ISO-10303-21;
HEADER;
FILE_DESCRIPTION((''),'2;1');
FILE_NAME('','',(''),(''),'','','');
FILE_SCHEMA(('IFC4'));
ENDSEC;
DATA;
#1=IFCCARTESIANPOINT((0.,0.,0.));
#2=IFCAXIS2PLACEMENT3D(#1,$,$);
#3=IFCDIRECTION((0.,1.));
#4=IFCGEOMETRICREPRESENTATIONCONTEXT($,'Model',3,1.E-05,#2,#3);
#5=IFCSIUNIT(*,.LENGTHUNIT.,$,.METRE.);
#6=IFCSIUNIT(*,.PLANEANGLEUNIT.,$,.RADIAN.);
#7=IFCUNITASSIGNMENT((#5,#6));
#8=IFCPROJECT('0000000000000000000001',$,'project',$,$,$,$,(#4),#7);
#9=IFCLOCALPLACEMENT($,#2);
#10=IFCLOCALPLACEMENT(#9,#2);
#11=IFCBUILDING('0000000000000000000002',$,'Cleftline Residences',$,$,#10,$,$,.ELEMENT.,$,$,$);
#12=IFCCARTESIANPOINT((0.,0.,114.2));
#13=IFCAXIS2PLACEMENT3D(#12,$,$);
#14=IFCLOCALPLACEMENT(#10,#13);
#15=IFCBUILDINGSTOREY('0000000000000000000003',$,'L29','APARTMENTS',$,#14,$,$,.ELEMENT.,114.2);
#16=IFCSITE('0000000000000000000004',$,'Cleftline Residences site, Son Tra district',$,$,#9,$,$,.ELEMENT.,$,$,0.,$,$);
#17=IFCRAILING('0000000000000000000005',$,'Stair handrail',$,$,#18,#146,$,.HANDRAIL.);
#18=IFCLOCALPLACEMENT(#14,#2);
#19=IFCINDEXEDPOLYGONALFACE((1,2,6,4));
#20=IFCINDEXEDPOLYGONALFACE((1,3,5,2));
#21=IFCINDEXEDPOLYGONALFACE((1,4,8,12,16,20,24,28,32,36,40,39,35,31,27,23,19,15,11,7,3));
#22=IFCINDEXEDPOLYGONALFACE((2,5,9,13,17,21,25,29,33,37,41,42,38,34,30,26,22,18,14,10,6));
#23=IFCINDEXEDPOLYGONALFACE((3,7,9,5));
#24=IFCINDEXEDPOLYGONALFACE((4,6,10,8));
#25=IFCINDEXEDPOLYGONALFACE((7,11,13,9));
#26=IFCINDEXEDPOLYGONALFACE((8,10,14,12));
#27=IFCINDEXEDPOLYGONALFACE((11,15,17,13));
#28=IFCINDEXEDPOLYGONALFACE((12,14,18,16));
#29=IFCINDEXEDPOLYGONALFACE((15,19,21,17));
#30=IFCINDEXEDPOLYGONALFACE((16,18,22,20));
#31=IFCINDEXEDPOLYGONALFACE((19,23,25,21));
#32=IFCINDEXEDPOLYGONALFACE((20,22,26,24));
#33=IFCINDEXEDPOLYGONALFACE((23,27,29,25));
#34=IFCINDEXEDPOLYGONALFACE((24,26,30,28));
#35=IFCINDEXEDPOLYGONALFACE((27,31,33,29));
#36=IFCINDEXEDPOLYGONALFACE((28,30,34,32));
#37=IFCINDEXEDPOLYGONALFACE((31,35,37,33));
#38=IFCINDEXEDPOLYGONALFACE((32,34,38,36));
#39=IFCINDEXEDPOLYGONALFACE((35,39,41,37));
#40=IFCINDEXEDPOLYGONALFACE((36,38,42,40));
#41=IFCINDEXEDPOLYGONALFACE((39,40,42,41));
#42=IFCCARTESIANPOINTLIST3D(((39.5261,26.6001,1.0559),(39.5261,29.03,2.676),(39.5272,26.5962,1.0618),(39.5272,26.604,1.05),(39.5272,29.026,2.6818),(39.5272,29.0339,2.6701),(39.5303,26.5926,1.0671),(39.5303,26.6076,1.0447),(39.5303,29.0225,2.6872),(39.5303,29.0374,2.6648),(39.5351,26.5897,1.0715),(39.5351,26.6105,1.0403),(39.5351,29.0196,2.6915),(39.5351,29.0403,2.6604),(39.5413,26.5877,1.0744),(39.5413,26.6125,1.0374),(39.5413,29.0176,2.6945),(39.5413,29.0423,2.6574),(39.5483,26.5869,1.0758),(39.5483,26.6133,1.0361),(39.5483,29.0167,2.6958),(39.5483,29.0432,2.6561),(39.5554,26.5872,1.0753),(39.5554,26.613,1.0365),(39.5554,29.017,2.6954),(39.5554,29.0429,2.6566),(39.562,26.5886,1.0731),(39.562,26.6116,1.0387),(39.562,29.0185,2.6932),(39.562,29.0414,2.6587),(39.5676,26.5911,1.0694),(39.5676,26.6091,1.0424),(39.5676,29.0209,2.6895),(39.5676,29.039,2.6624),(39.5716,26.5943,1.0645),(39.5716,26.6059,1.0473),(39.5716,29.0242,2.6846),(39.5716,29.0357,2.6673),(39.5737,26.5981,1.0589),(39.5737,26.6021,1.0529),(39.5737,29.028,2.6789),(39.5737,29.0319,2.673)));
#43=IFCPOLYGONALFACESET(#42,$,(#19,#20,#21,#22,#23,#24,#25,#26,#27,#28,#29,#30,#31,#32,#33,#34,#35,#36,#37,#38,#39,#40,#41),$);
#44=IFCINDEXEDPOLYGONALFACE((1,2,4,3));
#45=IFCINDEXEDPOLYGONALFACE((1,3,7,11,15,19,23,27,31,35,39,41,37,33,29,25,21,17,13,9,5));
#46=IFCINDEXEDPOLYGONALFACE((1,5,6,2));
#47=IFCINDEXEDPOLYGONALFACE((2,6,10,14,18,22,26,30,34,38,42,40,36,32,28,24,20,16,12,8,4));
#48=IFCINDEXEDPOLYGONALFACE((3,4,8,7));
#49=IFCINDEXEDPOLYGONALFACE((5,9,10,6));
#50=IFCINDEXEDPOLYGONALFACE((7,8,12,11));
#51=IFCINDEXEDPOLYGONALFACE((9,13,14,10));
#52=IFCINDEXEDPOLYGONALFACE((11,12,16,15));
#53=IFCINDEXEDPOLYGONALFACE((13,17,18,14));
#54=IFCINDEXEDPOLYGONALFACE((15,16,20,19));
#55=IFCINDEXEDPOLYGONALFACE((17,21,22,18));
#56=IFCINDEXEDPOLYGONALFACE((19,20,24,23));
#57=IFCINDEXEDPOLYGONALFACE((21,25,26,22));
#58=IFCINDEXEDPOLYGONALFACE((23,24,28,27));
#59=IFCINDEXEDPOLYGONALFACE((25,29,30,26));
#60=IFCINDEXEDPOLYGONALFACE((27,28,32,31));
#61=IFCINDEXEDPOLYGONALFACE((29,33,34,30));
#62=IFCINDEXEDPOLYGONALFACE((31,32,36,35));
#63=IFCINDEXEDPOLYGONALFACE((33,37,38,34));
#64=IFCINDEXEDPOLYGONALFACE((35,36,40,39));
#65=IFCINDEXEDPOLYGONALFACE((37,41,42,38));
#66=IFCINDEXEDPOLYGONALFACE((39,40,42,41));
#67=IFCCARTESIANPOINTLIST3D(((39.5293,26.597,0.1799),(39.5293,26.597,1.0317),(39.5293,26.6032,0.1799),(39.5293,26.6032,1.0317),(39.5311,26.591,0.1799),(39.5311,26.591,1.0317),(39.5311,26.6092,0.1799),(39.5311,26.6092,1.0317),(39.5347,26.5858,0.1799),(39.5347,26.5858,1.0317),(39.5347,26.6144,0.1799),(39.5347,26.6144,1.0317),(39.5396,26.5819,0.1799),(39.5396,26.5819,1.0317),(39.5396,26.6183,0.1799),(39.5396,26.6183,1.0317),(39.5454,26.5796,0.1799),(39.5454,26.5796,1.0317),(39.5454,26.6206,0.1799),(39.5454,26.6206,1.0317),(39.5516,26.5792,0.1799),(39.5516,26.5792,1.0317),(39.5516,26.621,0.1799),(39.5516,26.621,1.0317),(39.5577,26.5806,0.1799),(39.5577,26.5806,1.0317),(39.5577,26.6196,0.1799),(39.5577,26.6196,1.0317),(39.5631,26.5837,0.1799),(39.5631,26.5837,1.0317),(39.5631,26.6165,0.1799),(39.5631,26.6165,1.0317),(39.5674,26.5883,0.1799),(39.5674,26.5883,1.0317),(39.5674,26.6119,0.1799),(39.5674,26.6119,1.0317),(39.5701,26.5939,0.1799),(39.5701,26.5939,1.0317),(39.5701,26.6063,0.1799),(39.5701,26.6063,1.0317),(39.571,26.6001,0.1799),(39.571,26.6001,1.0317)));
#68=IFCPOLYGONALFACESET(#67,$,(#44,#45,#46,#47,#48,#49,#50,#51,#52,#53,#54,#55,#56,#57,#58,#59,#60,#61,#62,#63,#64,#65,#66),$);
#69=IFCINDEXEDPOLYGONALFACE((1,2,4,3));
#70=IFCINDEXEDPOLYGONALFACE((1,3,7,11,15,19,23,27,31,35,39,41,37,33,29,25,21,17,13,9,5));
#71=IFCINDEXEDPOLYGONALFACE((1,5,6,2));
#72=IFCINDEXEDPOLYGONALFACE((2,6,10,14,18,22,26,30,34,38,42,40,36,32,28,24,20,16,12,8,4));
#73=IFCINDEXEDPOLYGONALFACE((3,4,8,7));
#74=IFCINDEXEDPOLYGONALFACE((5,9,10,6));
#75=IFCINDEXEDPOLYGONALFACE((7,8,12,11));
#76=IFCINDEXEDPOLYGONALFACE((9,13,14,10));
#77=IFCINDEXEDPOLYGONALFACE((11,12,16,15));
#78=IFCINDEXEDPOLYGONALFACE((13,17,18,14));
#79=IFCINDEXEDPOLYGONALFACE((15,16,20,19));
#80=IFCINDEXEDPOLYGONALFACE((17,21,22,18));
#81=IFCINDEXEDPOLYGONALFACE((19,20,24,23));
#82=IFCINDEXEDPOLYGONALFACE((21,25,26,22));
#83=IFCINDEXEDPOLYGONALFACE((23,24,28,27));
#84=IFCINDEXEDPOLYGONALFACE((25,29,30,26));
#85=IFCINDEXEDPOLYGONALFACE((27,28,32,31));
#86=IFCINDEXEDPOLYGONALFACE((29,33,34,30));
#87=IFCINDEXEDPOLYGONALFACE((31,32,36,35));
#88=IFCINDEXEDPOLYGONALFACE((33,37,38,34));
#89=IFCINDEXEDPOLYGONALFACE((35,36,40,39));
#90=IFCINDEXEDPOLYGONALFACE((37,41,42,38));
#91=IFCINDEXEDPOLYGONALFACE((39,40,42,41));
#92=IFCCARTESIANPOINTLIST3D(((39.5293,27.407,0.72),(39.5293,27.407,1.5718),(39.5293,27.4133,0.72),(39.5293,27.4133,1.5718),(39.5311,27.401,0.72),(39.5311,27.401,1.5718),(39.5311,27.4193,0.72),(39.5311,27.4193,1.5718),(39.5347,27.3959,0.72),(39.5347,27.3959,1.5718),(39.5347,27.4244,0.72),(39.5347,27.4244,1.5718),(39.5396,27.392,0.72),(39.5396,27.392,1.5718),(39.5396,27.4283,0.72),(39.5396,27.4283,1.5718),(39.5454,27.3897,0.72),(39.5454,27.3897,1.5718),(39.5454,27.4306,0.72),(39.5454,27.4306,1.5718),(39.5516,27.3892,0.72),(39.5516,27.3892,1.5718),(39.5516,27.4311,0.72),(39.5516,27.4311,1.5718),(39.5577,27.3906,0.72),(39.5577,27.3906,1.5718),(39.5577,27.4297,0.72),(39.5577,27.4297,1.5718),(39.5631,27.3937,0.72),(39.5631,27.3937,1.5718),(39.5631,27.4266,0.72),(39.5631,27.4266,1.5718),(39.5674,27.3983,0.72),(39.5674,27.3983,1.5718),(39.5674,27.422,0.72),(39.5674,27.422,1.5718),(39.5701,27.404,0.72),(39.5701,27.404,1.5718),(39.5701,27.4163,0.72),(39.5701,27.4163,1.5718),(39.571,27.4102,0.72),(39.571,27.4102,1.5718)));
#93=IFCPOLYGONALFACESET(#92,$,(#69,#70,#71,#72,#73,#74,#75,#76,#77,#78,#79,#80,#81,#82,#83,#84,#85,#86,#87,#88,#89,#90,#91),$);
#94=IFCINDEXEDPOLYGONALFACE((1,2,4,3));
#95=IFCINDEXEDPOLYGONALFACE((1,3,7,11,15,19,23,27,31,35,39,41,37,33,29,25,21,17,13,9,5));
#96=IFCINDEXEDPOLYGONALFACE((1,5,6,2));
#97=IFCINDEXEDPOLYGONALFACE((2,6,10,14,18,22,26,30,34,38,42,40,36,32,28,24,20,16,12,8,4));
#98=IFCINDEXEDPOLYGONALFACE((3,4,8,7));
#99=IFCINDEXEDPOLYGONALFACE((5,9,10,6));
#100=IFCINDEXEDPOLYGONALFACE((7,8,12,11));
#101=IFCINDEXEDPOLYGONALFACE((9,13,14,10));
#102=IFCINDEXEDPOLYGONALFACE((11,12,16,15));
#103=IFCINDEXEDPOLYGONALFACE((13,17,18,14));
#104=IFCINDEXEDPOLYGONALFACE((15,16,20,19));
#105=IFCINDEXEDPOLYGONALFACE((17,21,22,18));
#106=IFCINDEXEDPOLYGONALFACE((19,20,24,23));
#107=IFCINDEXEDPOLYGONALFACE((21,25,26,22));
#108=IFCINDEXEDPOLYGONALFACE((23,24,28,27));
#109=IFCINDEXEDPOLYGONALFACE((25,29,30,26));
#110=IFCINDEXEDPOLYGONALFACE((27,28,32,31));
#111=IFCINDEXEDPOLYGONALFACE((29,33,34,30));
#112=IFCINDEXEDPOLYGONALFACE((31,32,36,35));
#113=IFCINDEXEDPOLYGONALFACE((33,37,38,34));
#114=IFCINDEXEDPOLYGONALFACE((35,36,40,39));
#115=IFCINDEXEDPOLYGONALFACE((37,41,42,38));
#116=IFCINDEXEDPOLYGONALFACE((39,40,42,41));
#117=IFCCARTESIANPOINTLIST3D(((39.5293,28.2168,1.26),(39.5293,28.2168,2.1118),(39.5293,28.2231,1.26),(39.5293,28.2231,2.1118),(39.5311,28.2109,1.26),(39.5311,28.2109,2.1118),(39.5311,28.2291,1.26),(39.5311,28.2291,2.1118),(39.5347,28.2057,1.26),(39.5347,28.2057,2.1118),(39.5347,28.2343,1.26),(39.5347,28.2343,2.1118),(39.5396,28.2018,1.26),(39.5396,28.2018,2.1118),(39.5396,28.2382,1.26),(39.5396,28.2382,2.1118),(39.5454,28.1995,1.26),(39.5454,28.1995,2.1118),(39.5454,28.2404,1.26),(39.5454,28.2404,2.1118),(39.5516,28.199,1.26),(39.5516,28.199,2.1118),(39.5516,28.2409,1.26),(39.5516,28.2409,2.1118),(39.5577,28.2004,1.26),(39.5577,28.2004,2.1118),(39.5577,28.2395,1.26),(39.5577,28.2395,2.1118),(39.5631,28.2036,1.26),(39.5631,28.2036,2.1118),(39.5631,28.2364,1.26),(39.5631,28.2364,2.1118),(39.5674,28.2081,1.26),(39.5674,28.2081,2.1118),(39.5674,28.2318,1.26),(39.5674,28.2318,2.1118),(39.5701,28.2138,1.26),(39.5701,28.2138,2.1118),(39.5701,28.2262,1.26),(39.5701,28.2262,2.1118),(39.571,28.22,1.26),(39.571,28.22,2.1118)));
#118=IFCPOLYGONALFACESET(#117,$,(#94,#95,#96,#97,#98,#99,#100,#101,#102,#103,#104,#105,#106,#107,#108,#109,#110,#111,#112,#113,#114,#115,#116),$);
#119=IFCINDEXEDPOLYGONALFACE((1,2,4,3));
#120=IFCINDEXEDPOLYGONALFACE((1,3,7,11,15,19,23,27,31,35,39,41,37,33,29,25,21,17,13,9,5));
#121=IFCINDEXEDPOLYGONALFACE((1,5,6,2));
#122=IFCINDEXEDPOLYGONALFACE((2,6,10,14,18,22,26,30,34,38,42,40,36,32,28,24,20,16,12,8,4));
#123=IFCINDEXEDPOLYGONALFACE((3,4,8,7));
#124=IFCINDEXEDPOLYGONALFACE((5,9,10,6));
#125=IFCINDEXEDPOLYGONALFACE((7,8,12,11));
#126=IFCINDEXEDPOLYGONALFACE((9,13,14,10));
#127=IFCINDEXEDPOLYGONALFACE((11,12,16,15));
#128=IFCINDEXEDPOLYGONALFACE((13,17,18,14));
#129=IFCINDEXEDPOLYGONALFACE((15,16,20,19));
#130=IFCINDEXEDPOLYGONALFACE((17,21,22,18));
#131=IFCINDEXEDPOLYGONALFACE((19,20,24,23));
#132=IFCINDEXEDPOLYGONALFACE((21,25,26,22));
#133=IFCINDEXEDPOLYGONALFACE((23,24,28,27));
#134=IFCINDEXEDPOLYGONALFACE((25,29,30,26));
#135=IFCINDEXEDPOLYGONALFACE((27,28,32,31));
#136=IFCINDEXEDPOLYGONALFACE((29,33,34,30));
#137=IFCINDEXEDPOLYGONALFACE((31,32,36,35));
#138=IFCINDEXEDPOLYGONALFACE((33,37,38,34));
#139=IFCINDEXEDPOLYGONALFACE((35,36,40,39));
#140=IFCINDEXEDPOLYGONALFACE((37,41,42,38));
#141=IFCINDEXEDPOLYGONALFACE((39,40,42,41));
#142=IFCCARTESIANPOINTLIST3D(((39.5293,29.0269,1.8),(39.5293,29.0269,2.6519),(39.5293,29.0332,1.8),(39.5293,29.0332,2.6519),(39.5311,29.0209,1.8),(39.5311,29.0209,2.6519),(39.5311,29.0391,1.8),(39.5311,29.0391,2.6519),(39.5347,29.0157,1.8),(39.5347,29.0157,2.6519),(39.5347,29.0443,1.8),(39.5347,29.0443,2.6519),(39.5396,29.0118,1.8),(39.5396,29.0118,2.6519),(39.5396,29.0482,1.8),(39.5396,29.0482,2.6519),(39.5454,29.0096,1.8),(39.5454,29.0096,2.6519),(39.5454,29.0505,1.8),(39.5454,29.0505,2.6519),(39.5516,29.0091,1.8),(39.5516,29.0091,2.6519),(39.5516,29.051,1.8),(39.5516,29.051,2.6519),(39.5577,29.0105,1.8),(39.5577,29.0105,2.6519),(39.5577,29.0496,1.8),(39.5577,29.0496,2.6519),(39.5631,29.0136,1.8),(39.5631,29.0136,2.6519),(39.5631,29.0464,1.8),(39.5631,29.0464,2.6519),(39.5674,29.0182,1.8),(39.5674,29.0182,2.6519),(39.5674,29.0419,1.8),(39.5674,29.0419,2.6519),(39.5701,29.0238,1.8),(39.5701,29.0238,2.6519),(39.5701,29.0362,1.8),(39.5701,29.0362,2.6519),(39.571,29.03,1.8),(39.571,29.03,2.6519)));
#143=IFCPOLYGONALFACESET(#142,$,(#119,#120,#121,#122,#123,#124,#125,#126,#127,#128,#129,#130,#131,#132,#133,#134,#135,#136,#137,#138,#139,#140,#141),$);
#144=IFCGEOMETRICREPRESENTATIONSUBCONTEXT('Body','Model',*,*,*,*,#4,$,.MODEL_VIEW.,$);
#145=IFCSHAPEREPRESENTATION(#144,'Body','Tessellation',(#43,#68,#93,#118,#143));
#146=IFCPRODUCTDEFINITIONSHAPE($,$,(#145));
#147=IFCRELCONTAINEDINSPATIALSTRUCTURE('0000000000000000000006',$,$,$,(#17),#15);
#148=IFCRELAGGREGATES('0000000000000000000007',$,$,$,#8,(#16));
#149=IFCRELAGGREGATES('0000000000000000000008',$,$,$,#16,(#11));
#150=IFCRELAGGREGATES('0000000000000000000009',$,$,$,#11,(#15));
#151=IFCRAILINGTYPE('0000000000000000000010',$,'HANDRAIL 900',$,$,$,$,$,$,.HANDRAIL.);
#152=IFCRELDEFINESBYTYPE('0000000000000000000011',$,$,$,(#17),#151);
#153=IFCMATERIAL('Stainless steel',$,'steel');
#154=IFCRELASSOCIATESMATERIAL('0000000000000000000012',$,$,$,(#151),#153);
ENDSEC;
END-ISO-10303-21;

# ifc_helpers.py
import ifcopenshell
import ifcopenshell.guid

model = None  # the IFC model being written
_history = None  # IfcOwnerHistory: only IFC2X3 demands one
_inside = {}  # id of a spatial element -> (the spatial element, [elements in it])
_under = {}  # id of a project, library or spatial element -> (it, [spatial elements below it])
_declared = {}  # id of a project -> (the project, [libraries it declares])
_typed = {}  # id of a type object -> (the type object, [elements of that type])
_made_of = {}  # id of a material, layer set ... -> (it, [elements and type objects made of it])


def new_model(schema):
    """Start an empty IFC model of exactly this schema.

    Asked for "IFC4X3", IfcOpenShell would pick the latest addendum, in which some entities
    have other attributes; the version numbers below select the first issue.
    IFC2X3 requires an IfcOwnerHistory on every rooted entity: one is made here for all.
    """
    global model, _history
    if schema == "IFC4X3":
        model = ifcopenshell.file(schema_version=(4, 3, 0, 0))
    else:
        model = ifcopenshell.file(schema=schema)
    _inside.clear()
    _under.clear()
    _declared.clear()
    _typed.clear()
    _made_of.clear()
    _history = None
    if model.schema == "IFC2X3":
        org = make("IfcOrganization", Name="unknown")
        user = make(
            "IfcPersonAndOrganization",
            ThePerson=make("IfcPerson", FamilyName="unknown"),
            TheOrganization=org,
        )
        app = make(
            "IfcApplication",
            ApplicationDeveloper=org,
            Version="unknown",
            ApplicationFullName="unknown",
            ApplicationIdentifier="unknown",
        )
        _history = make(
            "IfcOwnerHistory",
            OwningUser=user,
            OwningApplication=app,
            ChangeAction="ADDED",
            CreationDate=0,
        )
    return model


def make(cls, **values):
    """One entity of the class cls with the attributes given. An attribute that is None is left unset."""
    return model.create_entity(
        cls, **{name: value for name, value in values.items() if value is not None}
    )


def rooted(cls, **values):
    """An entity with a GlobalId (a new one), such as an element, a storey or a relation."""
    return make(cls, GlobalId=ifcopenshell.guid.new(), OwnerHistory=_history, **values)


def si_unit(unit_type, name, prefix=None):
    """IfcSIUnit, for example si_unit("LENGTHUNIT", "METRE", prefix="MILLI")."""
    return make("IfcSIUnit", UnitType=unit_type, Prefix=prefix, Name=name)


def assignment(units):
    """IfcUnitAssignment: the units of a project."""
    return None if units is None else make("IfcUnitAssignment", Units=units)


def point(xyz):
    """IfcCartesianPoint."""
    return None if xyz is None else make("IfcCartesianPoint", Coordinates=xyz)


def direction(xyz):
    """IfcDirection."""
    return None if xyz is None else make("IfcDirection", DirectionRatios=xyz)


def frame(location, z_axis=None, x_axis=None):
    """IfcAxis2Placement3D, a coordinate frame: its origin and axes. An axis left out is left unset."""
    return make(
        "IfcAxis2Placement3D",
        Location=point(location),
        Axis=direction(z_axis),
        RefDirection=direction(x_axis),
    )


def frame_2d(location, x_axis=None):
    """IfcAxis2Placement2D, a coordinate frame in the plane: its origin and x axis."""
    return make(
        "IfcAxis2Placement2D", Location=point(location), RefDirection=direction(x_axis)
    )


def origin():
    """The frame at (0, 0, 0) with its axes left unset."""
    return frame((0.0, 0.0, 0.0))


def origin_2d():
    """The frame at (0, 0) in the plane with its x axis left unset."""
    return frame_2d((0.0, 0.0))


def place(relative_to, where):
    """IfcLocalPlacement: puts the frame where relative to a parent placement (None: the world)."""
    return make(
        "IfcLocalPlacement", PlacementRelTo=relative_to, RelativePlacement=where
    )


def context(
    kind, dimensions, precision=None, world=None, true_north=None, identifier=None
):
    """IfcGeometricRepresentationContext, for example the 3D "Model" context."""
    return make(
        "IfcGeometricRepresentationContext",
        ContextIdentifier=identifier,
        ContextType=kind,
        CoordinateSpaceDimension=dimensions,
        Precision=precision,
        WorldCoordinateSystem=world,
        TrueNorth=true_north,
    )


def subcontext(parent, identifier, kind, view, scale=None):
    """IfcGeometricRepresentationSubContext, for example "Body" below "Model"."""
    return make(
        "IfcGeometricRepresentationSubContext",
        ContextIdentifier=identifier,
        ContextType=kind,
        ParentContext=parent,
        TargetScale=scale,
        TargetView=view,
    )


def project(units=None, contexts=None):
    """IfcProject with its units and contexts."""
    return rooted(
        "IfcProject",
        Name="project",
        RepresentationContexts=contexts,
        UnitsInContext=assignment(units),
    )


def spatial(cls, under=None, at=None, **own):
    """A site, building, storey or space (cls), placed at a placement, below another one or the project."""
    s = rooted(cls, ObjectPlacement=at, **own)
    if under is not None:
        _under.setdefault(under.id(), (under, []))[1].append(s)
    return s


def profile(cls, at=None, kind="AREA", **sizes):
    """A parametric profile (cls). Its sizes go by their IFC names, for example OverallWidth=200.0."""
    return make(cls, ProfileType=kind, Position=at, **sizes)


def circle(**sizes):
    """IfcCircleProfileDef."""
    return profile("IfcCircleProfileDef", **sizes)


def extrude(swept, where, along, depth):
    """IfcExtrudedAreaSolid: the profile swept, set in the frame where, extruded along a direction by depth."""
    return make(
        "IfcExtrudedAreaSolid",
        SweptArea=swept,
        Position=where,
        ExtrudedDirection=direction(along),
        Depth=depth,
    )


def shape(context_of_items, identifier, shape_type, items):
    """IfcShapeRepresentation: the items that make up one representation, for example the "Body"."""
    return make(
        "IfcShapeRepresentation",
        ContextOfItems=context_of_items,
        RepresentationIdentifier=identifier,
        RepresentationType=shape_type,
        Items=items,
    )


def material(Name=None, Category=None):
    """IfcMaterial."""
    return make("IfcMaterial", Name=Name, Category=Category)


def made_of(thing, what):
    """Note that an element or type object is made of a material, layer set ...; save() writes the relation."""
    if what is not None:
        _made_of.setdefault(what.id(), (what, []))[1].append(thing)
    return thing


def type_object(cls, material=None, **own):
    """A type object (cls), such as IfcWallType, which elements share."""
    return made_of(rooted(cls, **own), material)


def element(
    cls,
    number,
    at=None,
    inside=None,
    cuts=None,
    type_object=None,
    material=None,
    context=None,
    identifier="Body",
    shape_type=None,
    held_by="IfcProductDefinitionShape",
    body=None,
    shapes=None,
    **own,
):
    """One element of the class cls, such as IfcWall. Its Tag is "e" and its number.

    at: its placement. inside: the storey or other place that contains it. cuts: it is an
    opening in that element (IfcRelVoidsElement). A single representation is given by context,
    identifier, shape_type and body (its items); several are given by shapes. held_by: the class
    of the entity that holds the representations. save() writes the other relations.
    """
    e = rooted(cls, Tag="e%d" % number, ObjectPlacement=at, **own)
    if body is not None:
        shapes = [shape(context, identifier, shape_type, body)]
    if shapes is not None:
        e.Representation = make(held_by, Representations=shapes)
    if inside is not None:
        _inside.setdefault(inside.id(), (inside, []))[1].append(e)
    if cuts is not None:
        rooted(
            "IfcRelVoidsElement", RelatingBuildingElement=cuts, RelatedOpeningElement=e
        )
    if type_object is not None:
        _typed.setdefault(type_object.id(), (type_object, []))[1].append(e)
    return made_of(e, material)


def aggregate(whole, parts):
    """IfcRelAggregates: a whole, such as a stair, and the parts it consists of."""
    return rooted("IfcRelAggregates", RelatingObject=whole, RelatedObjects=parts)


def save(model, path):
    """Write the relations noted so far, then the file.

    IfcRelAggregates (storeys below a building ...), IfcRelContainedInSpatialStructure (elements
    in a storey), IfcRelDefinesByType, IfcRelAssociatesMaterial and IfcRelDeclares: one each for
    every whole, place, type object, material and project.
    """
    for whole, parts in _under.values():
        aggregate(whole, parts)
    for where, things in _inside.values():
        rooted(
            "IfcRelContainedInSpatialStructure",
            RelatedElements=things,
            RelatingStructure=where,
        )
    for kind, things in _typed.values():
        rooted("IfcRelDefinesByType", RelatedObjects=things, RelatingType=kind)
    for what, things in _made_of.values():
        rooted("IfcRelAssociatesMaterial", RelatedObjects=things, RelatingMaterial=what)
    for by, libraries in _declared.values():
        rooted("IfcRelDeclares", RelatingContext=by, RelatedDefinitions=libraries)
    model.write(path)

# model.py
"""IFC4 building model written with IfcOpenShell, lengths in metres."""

from ifc_helpers import new_model, si_unit, direction, frame, origin, origin_2d, place, context, subcontext, project, spatial, circle, extrude, material, type_object, element, save


model = new_model("IFC4")

# Units and contexts
model_context = context("Model", 3, precision=1e-05, world=origin(), true_north=direction((0.0, 1.0)))
body_context = subcontext(model_context, "Body", "Model", "MODEL_VIEW")
ifc_project = project(units=[si_unit("LENGTHUNIT", "METRE"), si_unit("PLANEANGLEUNIT", "RADIAN")], contexts=[model_context])

# Site, building, storey
site_placement = place(None, origin())
site = spatial("IfcSite", under=ifc_project, at=site_placement, Name="Cleftline Residences site, Son Tra district", CompositionType="ELEMENT", RefElevation=0.0)
building_placement = place(site_placement, origin())
building = spatial("IfcBuilding", under=site, at=building_placement, Name="Cleftline Residences", CompositionType="ELEMENT")
storey_placement = place(building_placement, frame((0.0, 0.0, 114.2)))
storey = spatial("IfcBuildingStorey", under=building, at=storey_placement, Name="L29", Description="APARTMENTS", CompositionType="ELEMENT", Elevation=114.2)

# Railing
ifc_material_1 = material(Name="Stainless steel", Category="steel")
railing_type = type_object("IfcRailingType", Name="HANDRAIL 900", PredefinedType="HANDRAIL", material=ifc_material_1)
railing_1_placement = place(storey_placement, frame((39.55, 26.6001, 0.1799)))
element("IfcRailing", 1, at=railing_1_placement, inside=storey, type_object=railing_type, Name="Stair handrail", PredefinedType="HANDRAIL", context=body_context, shape_type="SweptSolid", body=[
    extrude(circle(Radius=0.0239, at=origin_2d()), frame((0.0, 0.0, 0.876), z_axis=(0.0, 0.832025, 0.554739), x_axis=(-1.0, 0.0, 0.0)), (0.0, 0.0, 1.0), 2.9204),
    extrude(circle(Radius=0.021, at=origin_2d()), origin(), (0.0, 0.0, 1.0), 0.8518),
    extrude(circle(Radius=0.021, at=origin_2d()), frame((0.0, 0.8101, 0.54)), (0.0, 0.0, 1.0), 0.8518),
    extrude(circle(Radius=0.021, at=origin_2d()), frame((0.0, 1.6199, 1.0801)), (0.0, 0.0, 1.0), 0.8518),
    extrude(circle(Radius=0.021, at=origin_2d()), frame((0.0, 2.4299, 1.6201)), (0.0, 0.0, 1.0), 0.8518),
])

save(model, "model.ifc")
